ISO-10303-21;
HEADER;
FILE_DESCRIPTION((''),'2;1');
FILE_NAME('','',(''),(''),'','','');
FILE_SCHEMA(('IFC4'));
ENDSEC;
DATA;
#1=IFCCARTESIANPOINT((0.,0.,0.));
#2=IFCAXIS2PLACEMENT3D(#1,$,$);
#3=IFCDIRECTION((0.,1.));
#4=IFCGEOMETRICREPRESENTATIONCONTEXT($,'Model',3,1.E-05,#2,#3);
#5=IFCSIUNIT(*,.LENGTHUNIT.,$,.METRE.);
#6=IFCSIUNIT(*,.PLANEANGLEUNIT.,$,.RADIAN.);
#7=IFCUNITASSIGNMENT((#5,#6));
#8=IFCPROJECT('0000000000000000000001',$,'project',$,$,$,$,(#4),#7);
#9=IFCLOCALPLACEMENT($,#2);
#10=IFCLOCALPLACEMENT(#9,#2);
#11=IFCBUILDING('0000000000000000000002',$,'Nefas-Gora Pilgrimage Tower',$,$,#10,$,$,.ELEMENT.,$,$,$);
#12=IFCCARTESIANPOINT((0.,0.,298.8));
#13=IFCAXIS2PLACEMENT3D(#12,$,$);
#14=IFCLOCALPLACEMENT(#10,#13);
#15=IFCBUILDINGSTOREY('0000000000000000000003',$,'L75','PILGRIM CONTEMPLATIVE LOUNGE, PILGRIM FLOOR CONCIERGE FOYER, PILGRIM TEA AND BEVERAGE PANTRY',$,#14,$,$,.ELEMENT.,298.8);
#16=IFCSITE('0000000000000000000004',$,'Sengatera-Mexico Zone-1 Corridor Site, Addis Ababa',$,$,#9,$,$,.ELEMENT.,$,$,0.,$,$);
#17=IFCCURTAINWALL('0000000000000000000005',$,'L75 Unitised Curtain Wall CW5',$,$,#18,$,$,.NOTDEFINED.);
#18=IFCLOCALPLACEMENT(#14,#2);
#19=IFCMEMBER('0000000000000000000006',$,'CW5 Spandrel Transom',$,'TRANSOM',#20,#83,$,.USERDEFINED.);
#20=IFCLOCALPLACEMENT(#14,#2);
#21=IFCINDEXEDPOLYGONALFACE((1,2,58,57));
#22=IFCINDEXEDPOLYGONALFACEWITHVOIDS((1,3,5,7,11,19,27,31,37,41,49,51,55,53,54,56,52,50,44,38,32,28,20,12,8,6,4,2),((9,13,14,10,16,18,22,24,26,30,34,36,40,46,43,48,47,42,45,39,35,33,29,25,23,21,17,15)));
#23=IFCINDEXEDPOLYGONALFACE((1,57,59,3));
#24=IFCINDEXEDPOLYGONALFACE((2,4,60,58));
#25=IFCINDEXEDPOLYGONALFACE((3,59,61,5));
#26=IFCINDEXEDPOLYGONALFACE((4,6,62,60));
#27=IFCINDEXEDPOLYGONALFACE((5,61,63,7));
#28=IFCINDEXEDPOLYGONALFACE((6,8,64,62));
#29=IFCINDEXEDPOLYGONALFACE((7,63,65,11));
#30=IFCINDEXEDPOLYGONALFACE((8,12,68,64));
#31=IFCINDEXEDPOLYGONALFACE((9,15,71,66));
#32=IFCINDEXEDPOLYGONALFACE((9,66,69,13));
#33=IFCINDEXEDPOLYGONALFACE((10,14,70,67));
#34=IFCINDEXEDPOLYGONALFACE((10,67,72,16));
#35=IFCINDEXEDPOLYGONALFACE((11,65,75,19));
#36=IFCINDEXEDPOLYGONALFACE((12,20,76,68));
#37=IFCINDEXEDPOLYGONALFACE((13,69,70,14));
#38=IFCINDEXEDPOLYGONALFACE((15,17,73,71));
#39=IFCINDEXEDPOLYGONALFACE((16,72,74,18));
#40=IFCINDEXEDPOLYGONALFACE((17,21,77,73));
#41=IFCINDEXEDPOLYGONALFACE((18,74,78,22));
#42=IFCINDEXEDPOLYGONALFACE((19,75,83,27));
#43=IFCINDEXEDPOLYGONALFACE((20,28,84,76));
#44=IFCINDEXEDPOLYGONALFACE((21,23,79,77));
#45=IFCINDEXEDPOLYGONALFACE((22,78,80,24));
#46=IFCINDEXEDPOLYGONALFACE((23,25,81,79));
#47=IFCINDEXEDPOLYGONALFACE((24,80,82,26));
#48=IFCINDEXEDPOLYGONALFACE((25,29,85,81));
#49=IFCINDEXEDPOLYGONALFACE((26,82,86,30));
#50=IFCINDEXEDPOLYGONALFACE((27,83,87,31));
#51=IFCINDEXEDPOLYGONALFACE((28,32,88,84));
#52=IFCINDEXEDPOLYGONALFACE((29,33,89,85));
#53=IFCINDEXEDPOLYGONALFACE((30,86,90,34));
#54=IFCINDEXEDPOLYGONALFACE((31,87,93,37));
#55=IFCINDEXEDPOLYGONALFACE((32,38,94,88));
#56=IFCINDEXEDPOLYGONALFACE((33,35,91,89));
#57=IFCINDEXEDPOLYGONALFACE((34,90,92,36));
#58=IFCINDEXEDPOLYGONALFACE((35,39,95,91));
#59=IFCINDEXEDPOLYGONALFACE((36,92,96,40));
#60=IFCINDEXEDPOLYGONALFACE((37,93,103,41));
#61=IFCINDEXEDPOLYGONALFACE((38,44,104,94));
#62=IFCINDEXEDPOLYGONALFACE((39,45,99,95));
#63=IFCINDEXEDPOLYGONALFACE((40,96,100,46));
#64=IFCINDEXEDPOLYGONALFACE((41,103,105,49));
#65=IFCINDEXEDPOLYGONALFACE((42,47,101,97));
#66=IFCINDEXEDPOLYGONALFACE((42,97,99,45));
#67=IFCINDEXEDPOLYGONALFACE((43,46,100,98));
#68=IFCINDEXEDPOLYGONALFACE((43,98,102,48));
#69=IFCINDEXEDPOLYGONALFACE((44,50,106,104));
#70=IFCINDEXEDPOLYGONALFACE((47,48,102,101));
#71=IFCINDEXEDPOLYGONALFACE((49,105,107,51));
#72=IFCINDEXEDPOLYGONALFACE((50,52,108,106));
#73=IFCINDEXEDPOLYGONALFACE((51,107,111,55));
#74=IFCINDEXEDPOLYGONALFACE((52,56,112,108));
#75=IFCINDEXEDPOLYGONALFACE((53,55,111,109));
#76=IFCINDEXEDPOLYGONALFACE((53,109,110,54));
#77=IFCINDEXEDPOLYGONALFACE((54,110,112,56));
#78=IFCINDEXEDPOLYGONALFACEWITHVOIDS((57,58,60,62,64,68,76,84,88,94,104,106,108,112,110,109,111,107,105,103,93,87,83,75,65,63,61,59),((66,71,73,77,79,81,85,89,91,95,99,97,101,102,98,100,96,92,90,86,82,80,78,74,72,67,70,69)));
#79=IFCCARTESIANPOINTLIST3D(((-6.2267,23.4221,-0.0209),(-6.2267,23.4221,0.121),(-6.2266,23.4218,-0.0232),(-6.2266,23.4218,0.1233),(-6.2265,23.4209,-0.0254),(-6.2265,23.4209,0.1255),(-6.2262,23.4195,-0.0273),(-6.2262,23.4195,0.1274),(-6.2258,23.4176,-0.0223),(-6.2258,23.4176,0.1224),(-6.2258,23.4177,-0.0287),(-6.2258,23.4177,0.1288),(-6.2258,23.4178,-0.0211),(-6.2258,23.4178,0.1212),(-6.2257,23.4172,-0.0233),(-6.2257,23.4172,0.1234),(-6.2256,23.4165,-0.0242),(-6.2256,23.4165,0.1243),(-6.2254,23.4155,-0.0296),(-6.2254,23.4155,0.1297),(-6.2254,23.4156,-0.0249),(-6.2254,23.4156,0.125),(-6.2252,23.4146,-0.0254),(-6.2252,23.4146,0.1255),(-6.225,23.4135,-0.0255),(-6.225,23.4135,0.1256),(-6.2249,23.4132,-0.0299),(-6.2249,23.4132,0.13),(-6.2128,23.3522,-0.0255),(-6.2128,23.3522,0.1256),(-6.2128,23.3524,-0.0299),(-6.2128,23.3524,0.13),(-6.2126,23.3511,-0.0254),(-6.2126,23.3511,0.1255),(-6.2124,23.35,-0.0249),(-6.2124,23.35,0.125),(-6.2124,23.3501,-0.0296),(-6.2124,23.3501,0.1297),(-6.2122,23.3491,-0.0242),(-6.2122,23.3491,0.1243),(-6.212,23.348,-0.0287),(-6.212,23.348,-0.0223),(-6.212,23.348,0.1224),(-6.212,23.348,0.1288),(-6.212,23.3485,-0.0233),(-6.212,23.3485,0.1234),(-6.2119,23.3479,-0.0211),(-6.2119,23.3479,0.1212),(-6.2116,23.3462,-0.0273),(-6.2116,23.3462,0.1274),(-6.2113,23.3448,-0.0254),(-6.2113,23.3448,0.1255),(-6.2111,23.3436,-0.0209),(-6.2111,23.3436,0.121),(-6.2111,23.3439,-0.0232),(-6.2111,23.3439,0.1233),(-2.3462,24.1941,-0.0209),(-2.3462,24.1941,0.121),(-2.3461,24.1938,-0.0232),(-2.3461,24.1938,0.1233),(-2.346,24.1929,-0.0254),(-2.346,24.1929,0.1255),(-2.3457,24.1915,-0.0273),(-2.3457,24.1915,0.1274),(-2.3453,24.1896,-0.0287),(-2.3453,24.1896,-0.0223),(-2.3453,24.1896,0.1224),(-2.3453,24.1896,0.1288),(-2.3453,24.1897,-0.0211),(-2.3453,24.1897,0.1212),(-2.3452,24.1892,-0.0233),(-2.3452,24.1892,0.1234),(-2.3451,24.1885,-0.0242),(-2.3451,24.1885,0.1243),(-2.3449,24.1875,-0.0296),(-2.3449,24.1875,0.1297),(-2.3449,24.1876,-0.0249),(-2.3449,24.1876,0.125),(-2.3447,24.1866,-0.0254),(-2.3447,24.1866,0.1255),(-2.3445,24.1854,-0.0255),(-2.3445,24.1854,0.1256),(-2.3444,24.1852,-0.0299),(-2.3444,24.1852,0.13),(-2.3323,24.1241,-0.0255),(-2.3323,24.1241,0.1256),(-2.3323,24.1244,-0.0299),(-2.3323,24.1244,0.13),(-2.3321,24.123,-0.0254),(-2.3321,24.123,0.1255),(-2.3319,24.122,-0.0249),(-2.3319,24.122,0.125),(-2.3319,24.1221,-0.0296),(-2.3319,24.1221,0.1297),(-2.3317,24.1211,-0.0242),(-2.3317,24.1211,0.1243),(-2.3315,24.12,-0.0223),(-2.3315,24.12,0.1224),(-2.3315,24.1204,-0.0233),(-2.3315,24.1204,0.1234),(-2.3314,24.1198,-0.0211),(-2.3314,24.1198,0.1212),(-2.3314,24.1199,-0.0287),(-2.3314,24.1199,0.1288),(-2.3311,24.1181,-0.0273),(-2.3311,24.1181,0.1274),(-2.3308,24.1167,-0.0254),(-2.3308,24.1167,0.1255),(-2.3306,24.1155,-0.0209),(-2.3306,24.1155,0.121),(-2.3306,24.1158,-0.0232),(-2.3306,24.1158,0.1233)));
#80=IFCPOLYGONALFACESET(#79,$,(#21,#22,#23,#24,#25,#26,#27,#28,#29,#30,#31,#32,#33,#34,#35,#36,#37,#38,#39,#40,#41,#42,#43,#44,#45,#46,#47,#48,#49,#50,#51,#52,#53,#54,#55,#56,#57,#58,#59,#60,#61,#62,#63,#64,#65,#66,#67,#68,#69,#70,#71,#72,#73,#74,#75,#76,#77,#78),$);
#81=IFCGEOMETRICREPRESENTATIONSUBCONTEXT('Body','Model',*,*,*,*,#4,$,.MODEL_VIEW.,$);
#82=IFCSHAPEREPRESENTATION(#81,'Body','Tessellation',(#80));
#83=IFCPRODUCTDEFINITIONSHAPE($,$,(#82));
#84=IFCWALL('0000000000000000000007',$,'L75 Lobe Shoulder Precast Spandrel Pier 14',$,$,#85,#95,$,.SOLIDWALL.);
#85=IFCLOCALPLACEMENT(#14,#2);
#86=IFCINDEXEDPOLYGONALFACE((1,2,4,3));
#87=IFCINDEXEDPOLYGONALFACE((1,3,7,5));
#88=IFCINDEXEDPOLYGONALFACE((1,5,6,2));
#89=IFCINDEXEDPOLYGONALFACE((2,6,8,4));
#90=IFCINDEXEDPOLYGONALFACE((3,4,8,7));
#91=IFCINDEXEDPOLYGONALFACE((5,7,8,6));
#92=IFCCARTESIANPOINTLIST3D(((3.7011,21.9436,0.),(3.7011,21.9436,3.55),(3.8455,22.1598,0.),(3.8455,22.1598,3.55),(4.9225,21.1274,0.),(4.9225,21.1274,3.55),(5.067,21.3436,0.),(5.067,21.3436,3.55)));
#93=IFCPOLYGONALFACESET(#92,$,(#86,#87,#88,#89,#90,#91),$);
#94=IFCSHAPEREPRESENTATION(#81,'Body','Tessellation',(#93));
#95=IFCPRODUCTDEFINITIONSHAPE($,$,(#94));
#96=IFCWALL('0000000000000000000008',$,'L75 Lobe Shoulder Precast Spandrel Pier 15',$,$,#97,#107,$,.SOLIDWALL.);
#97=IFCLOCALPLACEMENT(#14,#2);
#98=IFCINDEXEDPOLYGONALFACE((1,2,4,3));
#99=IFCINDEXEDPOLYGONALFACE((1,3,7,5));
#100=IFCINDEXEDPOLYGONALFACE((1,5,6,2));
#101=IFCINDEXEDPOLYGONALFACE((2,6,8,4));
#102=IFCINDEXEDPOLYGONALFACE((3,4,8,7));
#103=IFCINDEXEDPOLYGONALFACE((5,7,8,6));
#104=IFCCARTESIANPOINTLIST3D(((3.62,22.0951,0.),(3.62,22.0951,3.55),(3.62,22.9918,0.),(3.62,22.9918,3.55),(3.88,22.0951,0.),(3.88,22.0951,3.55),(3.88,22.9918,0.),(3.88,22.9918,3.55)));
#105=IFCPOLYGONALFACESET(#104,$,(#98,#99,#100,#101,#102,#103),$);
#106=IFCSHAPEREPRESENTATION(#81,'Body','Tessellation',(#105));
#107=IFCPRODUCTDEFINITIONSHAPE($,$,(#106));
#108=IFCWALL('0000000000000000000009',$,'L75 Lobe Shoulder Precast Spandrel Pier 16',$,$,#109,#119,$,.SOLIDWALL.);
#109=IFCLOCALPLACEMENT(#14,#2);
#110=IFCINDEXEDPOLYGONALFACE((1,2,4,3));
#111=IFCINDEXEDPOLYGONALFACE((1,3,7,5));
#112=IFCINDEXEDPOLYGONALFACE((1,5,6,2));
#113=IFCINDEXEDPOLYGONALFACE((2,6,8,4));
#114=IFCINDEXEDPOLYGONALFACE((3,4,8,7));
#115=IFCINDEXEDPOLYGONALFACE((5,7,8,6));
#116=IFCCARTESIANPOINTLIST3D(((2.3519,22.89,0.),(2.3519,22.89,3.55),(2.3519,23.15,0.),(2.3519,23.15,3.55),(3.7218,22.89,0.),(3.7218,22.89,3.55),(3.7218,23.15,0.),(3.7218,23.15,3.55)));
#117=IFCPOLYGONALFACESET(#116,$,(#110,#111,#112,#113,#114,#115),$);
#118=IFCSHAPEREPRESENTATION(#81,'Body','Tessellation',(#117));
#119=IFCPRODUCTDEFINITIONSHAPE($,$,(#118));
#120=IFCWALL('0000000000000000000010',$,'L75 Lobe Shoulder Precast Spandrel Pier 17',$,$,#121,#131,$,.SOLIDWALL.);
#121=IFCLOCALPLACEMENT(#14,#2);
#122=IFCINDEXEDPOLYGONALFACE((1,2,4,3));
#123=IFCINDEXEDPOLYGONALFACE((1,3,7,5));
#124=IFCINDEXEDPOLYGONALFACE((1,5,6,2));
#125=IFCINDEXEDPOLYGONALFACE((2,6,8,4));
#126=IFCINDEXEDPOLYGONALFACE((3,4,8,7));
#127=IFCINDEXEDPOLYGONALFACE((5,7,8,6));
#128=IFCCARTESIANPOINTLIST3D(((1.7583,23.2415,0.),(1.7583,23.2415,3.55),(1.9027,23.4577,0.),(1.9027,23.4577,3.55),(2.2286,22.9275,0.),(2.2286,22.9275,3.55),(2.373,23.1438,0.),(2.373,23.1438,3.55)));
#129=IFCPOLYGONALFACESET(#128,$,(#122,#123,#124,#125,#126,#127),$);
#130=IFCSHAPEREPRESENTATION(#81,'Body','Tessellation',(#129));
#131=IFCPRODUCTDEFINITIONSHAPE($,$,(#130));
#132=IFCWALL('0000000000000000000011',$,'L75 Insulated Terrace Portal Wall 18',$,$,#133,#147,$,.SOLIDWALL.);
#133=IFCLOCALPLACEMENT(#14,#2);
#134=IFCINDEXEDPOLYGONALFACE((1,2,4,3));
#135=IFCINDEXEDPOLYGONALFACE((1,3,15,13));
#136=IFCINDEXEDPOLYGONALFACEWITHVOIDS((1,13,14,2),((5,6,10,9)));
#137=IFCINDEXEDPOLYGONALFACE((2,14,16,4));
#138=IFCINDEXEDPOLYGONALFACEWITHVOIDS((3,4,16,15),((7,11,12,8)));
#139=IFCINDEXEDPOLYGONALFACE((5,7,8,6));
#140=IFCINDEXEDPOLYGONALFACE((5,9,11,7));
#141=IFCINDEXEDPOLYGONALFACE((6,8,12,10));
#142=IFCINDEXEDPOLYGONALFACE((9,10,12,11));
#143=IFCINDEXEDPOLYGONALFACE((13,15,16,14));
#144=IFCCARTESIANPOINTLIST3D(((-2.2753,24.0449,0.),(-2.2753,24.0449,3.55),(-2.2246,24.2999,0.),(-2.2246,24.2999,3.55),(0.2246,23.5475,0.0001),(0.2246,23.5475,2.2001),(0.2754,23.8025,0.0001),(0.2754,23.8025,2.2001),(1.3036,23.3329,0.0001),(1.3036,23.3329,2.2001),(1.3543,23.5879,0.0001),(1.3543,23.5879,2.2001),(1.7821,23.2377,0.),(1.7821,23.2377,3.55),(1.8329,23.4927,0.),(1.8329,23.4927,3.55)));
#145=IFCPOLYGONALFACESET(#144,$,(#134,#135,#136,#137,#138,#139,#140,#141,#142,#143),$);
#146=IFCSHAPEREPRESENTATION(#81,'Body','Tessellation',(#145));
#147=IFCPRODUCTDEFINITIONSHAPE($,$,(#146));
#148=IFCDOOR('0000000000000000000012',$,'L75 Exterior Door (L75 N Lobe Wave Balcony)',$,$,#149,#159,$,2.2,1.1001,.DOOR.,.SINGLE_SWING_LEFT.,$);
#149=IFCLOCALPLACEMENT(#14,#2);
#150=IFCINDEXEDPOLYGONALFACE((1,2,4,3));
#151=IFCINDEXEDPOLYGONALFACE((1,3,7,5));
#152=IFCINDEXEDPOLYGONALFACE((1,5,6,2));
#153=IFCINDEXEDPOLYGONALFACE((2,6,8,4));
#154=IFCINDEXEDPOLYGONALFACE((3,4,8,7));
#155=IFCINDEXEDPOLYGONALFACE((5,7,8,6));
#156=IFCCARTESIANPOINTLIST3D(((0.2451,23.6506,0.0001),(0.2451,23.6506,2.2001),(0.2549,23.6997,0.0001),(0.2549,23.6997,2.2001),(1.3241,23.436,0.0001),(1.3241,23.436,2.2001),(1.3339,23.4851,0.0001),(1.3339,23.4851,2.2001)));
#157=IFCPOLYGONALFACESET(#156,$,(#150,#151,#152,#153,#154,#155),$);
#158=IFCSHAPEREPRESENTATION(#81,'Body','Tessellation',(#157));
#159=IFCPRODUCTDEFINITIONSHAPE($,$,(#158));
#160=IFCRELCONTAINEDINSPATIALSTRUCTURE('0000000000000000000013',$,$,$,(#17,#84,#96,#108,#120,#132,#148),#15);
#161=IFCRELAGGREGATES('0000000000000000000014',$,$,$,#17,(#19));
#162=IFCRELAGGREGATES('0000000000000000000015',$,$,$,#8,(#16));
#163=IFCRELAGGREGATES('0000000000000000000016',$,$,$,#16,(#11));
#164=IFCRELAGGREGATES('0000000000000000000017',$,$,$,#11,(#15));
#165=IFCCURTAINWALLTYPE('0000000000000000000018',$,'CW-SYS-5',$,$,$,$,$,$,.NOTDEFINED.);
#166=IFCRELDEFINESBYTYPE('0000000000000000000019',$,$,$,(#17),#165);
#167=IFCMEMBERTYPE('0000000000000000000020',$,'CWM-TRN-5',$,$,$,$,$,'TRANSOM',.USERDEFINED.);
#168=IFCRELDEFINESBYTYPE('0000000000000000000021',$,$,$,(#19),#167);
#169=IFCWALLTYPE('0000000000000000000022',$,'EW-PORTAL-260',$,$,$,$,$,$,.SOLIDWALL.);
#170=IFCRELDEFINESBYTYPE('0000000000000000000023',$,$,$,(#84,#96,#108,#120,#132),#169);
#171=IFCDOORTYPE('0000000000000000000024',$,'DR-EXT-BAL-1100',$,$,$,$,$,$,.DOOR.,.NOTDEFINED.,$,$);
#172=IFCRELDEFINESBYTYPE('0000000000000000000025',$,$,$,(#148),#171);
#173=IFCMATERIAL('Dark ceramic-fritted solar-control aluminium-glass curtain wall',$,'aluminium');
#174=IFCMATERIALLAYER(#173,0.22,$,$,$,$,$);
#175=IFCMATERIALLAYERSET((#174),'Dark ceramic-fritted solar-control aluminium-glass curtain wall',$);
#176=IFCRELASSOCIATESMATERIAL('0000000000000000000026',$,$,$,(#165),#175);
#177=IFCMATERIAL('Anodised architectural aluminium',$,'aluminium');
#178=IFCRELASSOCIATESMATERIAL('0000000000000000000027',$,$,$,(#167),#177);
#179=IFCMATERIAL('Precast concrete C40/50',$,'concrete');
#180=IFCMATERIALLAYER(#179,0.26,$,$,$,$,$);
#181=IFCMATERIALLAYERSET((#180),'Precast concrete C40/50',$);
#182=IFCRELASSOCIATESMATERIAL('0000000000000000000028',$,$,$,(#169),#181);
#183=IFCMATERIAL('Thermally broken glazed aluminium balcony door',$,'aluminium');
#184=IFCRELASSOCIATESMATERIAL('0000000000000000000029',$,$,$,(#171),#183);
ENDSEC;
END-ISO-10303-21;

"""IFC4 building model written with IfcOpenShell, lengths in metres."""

from ifc_helpers import new_model, si_unit, direction, frame, frame_2d, origin, origin_2d, place, context, subcontext, project, spatial, rectangle, hollow_rectangle, extrude, source, transform, mapped, material, layer, layer_set, material_profile, profile_set, type_object, element, fill, aggregate, save


model = new_model("IFC4")

# Units and contexts
model_context = context("Model", 3, precision=1e-05, world=origin(), true_north=direction((0.0, 1.0)))
body_context = subcontext(model_context, "Body", "Model", "MODEL_VIEW")
ifc_project = project(units=[si_unit("LENGTHUNIT", "METRE"), si_unit("PLANEANGLEUNIT", "RADIAN")], contexts=[model_context])

# Site, building, storey
site_placement = place(None, origin())
site = spatial("IfcSite", under=ifc_project, at=site_placement, Name="Sengatera-Mexico Zone-1 Corridor Site, Addis Ababa", CompositionType="ELEMENT", RefElevation=0.0)
building_placement = place(site_placement, origin())
building = spatial("IfcBuilding", under=site, at=building_placement, Name="Nefas-Gora Pilgrimage Tower", CompositionType="ELEMENT")
storey_placement = place(building_placement, frame((0.0, 0.0, 298.8)))
storey = spatial("IfcBuildingStorey", under=building, at=storey_placement, Name="L75", Description="PILGRIM CONTEMPLATIVE LOUNGE, PILGRIM FLOOR CONCIERGE FOYER, PILGRIM TEA AND BEVERAGE PANTRY", CompositionType="ELEMENT", Elevation=298.8)

# Shared definitions
ifc_material_1 = material(Name="Dark ceramic-fritted solar-control aluminium-glass curtain wall", Category="aluminium")
ifc_layer_1 = layer(ifc_material_1, 0.22)
ifc_layer_set_1 = layer_set([ifc_layer_1], Name="Dark ceramic-fritted solar-control aluminium-glass curtain wall")
curtain_wall_type = type_object("IfcCurtainWallType", Name="CW-SYS-5", PredefinedType="NOTDEFINED", material=ifc_layer_set_1)
ifc_material_2 = material(Name="Anodised architectural aluminium", Category="aluminium")

# Curtain wall, member
curtain_wall_1_placement = place(storey_placement, origin())
curtain_wall_1 = element("IfcCurtainWall", 1, at=curtain_wall_1_placement, inside=storey, type_object=curtain_wall_type, Name="L75 Unitised Curtain Wall CW5", PredefinedType="NOTDEFINED")
ifc_material_profile_1 = material_profile(ifc_material_2, hollow_rectangle(XDim=0.0801, YDim=0.1599, WallThickness=0.0044, InnerFilletRadius=0.0044, OuterFilletRadius=0.009, at=origin_2d()), Name="ALU TRANSOM 80x160")
ifc_profile_set_1 = profile_set([ifc_material_profile_1], Name="Anodised architectural aluminium")
member_type_1 = type_object("IfcMemberType", Name="CWM-TRN-5", ElementType="TRANSOM", PredefinedType="USERDEFINED", material=ifc_profile_set_1)
shared_shape_1 = source(origin(), body_context, "Body", "SweptSolid", [
    extrude(hollow_rectangle(XDim=0.0801, YDim=0.1599, WallThickness=0.0044, InnerFilletRadius=0.0044, OuterFilletRadius=0.009, at=origin_2d()), origin(), (0.0, 0.0, 1.0), 3.9565),
])
member_1_placement = place(storey_placement, frame((-2.3384, 24.1548, 0.05), z_axis=(-0.980782, -0.195107, 0.0), x_axis=(0.195107, -0.980782, 0.0)))
member_1 = element("IfcMember", 2, at=member_1_placement, type_object=member_type_1, Name="CW5 Spandrel Transom", ObjectType="TRANSOM", PredefinedType="USERDEFINED", context=body_context, shape_type="MappedRepresentation", body=[
    mapped(shared_shape_1, transform((0.0, 0.0, 0.0), x_axis=(1.0, 0.0, 0.0), y_axis=(0.0, 1.0, 0.0), z_axis=(0.0, 0.0, 1.0), scale=1.0)),
])
aggregate(curtain_wall_1, [member_1])

# Walls
ifc_material_3 = material(Name="Precast concrete C40/50", Category="concrete")
ifc_layer_2 = layer(ifc_material_3, 0.26)
ifc_layer_set_2 = layer_set([ifc_layer_2], Name="Precast concrete C40/50")
wall_type_1 = type_object("IfcWallType", Name="EW-PORTAL-260", PredefinedType="SOLIDWALL", material=ifc_layer_set_2)
shared_shape_2 = source(origin(), body_context, "Body", "SweptSolid", [
    extrude(rectangle(XDim=1.469, YDim=0.26, at=frame_2d((0.7344, 0.0))), origin(), (0.0, 0.0, 1.0), 3.55),
])
wall_1_placement = place(storey_placement, frame((4.9946, 21.2356, 0.0), z_axis=(0.0, 0.0, 1.0), x_axis=(-0.831462, 0.555582, 0.0)))
element("IfcWall", 3, at=wall_1_placement, inside=storey, type_object=wall_type_1, Name="L75 Lobe Shoulder Precast Spandrel Pier 14", PredefinedType="SOLIDWALL", context=body_context, shape_type="MappedRepresentation", body=[
    mapped(shared_shape_2, transform((0.0, 0.0, 0.0), x_axis=(1.0, 0.0, 0.0), y_axis=(0.0, 1.0, 0.0), z_axis=(0.0, 0.0, 1.0), scale=1.0)),
])
shared_shape_3 = source(origin(), body_context, "Body", "SweptSolid", [
    extrude(rectangle(XDim=0.8967, YDim=0.26, at=frame_2d((0.4482, 0.0))), origin(), (0.0, 0.0, 1.0), 3.55),
])
wall_2_placement = place(storey_placement, frame((3.75, 22.0952, 0.0), z_axis=(0.0, 0.0, 1.0), x_axis=(0.0, 1.0, 0.0)))
element("IfcWall", 4, at=wall_2_placement, inside=storey, type_object=wall_type_1, Name="L75 Lobe Shoulder Precast Spandrel Pier 15", PredefinedType="SOLIDWALL", context=body_context, shape_type="MappedRepresentation", body=[
    mapped(shared_shape_3, transform((0.0, 0.0, 0.0), x_axis=(1.0, 0.0, 0.0), y_axis=(0.0, 1.0, 0.0), z_axis=(0.0, 0.0, 1.0), scale=1.0)),
])
shared_shape_4 = source(origin(), body_context, "Body", "SweptSolid", [
    extrude(rectangle(XDim=1.3699, YDim=0.26, at=frame_2d((0.6851, 0.0))), origin(), (0.0, 0.0, 1.0), 3.55),
])
wall_3_placement = place(storey_placement, frame((3.7219, 23.02, 0.0), z_axis=(0.0, 0.0, 1.0), x_axis=(-1.0, 0.0, 0.0)))
element("IfcWall", 5, at=wall_3_placement, inside=storey, type_object=wall_type_1, Name="L75 Lobe Shoulder Precast Spandrel Pier 16", PredefinedType="SOLIDWALL", context=body_context, shape_type="MappedRepresentation", body=[
    mapped(shared_shape_4, transform((0.0, 0.0, 0.0), x_axis=(1.0, 0.0, 0.0), y_axis=(0.0, 1.0, 0.0), z_axis=(0.0, 0.0, 1.0), scale=1.0)),
])
shared_shape_5 = source(origin(), body_context, "Body", "SweptSolid", [
    extrude(rectangle(XDim=0.5654, YDim=0.26, at=frame_2d((0.2827, 0.0))), origin(), (0.0, 0.0, 1.0), 3.55),
])
wall_4_placement = place(storey_placement, frame((2.3008, 23.0356, 0.0), z_axis=(0.0, 0.0, 1.0), x_axis=(-0.831651, 0.555298, 0.0)))
element("IfcWall", 6, at=wall_4_placement, inside=storey, type_object=wall_type_1, Name="L75 Lobe Shoulder Precast Spandrel Pier 17", PredefinedType="SOLIDWALL", context=body_context, shape_type="MappedRepresentation", body=[
    mapped(shared_shape_5, transform((0.0, 0.0, 0.0), x_axis=(1.0, 0.0, 0.0), y_axis=(0.0, 1.0, 0.0), z_axis=(0.0, 0.0, 1.0), scale=1.0)),
])

# Wall, opening, door
shared_shape_6 = source(origin(), body_context, "Body", "SweptSolid", [
    extrude(rectangle(XDim=4.137, YDim=0.26, at=frame_2d((2.0684, 0.0))), origin(), (0.0, 0.0, 1.0), 3.55),
])
wall_5_placement = place(storey_placement, frame((1.8074, 23.3652, 0.0), z_axis=(0.0, 0.0, 1.0), x_axis=(-0.980782, 0.195106, 0.0)))
wall_5 = element("IfcWall", 7, at=wall_5_placement, inside=storey, type_object=wall_type_1, Name="L75 Insulated Terrace Portal Wall 18", PredefinedType="SOLIDWALL", context=body_context, shape_type="MappedRepresentation", body=[
    mapped(shared_shape_6, transform((0.0, 0.0, 0.0), x_axis=(1.0, 0.0, 0.0), y_axis=(0.0, 1.0, 0.0), z_axis=(0.0, 0.0, 1.0), scale=1.0)),
])
opening_1_placement = place(wall_5_placement, frame((0.4878, 0.0, 0.0)))
opening_1 = element("IfcOpeningElement", 8, at=opening_1_placement, cuts=wall_5, PredefinedType="OPENING", context=body_context, shape_type="SweptSolid", body=[
    extrude(rectangle(XDim=1.1001, YDim=2.2, at=frame_2d((0.55, 1.1001))), frame((0.0, 0.1399, 0.0), z_axis=(0.0, -1.0, 0.0), x_axis=(1.0, 0.0, 0.0)), (0.0, 0.0, 1.0), 0.28),
])
ifc_material_4 = material(Name="Thermally broken glazed aluminium balcony door", Category="aluminium")
door_type_1 = type_object("IfcDoorType", Name="DR-EXT-BAL-1100", OperationType="NOTDEFINED", PredefinedType="DOOR", material=ifc_material_4)
shared_shape_7 = source(origin(), body_context, "Body", "SweptSolid", [
    extrude(rectangle(XDim=1.1001, YDim=2.2, at=frame_2d((0.55, 1.1001))), frame((0.0, 0.0249, 0.0), z_axis=(0.0, -1.0, 0.0), x_axis=(1.0, 0.0, 0.0)), (0.0, 0.0, 1.0), 0.05),
])
door_1_placement = place(opening_1_placement, origin())
door_1 = element("IfcDoor", 9, at=door_1_placement, inside=storey, type_object=door_type_1, Name="L75 Exterior Door (L75 N Lobe Wave Balcony)", OperationType="SINGLE_SWING_LEFT", OverallHeight=2.2, OverallWidth=1.1001, PredefinedType="DOOR", context=body_context, shape_type="MappedRepresentation", body=[
    mapped(shared_shape_7, transform((0.0, 0.0, 0.0), x_axis=(1.0, 0.0, 0.0), y_axis=(0.0, 1.0, 0.0), z_axis=(0.0, 0.0, 1.0), scale=1.0)),
])
fill(opening_1, door_1)

save(model, "model.ifc")
